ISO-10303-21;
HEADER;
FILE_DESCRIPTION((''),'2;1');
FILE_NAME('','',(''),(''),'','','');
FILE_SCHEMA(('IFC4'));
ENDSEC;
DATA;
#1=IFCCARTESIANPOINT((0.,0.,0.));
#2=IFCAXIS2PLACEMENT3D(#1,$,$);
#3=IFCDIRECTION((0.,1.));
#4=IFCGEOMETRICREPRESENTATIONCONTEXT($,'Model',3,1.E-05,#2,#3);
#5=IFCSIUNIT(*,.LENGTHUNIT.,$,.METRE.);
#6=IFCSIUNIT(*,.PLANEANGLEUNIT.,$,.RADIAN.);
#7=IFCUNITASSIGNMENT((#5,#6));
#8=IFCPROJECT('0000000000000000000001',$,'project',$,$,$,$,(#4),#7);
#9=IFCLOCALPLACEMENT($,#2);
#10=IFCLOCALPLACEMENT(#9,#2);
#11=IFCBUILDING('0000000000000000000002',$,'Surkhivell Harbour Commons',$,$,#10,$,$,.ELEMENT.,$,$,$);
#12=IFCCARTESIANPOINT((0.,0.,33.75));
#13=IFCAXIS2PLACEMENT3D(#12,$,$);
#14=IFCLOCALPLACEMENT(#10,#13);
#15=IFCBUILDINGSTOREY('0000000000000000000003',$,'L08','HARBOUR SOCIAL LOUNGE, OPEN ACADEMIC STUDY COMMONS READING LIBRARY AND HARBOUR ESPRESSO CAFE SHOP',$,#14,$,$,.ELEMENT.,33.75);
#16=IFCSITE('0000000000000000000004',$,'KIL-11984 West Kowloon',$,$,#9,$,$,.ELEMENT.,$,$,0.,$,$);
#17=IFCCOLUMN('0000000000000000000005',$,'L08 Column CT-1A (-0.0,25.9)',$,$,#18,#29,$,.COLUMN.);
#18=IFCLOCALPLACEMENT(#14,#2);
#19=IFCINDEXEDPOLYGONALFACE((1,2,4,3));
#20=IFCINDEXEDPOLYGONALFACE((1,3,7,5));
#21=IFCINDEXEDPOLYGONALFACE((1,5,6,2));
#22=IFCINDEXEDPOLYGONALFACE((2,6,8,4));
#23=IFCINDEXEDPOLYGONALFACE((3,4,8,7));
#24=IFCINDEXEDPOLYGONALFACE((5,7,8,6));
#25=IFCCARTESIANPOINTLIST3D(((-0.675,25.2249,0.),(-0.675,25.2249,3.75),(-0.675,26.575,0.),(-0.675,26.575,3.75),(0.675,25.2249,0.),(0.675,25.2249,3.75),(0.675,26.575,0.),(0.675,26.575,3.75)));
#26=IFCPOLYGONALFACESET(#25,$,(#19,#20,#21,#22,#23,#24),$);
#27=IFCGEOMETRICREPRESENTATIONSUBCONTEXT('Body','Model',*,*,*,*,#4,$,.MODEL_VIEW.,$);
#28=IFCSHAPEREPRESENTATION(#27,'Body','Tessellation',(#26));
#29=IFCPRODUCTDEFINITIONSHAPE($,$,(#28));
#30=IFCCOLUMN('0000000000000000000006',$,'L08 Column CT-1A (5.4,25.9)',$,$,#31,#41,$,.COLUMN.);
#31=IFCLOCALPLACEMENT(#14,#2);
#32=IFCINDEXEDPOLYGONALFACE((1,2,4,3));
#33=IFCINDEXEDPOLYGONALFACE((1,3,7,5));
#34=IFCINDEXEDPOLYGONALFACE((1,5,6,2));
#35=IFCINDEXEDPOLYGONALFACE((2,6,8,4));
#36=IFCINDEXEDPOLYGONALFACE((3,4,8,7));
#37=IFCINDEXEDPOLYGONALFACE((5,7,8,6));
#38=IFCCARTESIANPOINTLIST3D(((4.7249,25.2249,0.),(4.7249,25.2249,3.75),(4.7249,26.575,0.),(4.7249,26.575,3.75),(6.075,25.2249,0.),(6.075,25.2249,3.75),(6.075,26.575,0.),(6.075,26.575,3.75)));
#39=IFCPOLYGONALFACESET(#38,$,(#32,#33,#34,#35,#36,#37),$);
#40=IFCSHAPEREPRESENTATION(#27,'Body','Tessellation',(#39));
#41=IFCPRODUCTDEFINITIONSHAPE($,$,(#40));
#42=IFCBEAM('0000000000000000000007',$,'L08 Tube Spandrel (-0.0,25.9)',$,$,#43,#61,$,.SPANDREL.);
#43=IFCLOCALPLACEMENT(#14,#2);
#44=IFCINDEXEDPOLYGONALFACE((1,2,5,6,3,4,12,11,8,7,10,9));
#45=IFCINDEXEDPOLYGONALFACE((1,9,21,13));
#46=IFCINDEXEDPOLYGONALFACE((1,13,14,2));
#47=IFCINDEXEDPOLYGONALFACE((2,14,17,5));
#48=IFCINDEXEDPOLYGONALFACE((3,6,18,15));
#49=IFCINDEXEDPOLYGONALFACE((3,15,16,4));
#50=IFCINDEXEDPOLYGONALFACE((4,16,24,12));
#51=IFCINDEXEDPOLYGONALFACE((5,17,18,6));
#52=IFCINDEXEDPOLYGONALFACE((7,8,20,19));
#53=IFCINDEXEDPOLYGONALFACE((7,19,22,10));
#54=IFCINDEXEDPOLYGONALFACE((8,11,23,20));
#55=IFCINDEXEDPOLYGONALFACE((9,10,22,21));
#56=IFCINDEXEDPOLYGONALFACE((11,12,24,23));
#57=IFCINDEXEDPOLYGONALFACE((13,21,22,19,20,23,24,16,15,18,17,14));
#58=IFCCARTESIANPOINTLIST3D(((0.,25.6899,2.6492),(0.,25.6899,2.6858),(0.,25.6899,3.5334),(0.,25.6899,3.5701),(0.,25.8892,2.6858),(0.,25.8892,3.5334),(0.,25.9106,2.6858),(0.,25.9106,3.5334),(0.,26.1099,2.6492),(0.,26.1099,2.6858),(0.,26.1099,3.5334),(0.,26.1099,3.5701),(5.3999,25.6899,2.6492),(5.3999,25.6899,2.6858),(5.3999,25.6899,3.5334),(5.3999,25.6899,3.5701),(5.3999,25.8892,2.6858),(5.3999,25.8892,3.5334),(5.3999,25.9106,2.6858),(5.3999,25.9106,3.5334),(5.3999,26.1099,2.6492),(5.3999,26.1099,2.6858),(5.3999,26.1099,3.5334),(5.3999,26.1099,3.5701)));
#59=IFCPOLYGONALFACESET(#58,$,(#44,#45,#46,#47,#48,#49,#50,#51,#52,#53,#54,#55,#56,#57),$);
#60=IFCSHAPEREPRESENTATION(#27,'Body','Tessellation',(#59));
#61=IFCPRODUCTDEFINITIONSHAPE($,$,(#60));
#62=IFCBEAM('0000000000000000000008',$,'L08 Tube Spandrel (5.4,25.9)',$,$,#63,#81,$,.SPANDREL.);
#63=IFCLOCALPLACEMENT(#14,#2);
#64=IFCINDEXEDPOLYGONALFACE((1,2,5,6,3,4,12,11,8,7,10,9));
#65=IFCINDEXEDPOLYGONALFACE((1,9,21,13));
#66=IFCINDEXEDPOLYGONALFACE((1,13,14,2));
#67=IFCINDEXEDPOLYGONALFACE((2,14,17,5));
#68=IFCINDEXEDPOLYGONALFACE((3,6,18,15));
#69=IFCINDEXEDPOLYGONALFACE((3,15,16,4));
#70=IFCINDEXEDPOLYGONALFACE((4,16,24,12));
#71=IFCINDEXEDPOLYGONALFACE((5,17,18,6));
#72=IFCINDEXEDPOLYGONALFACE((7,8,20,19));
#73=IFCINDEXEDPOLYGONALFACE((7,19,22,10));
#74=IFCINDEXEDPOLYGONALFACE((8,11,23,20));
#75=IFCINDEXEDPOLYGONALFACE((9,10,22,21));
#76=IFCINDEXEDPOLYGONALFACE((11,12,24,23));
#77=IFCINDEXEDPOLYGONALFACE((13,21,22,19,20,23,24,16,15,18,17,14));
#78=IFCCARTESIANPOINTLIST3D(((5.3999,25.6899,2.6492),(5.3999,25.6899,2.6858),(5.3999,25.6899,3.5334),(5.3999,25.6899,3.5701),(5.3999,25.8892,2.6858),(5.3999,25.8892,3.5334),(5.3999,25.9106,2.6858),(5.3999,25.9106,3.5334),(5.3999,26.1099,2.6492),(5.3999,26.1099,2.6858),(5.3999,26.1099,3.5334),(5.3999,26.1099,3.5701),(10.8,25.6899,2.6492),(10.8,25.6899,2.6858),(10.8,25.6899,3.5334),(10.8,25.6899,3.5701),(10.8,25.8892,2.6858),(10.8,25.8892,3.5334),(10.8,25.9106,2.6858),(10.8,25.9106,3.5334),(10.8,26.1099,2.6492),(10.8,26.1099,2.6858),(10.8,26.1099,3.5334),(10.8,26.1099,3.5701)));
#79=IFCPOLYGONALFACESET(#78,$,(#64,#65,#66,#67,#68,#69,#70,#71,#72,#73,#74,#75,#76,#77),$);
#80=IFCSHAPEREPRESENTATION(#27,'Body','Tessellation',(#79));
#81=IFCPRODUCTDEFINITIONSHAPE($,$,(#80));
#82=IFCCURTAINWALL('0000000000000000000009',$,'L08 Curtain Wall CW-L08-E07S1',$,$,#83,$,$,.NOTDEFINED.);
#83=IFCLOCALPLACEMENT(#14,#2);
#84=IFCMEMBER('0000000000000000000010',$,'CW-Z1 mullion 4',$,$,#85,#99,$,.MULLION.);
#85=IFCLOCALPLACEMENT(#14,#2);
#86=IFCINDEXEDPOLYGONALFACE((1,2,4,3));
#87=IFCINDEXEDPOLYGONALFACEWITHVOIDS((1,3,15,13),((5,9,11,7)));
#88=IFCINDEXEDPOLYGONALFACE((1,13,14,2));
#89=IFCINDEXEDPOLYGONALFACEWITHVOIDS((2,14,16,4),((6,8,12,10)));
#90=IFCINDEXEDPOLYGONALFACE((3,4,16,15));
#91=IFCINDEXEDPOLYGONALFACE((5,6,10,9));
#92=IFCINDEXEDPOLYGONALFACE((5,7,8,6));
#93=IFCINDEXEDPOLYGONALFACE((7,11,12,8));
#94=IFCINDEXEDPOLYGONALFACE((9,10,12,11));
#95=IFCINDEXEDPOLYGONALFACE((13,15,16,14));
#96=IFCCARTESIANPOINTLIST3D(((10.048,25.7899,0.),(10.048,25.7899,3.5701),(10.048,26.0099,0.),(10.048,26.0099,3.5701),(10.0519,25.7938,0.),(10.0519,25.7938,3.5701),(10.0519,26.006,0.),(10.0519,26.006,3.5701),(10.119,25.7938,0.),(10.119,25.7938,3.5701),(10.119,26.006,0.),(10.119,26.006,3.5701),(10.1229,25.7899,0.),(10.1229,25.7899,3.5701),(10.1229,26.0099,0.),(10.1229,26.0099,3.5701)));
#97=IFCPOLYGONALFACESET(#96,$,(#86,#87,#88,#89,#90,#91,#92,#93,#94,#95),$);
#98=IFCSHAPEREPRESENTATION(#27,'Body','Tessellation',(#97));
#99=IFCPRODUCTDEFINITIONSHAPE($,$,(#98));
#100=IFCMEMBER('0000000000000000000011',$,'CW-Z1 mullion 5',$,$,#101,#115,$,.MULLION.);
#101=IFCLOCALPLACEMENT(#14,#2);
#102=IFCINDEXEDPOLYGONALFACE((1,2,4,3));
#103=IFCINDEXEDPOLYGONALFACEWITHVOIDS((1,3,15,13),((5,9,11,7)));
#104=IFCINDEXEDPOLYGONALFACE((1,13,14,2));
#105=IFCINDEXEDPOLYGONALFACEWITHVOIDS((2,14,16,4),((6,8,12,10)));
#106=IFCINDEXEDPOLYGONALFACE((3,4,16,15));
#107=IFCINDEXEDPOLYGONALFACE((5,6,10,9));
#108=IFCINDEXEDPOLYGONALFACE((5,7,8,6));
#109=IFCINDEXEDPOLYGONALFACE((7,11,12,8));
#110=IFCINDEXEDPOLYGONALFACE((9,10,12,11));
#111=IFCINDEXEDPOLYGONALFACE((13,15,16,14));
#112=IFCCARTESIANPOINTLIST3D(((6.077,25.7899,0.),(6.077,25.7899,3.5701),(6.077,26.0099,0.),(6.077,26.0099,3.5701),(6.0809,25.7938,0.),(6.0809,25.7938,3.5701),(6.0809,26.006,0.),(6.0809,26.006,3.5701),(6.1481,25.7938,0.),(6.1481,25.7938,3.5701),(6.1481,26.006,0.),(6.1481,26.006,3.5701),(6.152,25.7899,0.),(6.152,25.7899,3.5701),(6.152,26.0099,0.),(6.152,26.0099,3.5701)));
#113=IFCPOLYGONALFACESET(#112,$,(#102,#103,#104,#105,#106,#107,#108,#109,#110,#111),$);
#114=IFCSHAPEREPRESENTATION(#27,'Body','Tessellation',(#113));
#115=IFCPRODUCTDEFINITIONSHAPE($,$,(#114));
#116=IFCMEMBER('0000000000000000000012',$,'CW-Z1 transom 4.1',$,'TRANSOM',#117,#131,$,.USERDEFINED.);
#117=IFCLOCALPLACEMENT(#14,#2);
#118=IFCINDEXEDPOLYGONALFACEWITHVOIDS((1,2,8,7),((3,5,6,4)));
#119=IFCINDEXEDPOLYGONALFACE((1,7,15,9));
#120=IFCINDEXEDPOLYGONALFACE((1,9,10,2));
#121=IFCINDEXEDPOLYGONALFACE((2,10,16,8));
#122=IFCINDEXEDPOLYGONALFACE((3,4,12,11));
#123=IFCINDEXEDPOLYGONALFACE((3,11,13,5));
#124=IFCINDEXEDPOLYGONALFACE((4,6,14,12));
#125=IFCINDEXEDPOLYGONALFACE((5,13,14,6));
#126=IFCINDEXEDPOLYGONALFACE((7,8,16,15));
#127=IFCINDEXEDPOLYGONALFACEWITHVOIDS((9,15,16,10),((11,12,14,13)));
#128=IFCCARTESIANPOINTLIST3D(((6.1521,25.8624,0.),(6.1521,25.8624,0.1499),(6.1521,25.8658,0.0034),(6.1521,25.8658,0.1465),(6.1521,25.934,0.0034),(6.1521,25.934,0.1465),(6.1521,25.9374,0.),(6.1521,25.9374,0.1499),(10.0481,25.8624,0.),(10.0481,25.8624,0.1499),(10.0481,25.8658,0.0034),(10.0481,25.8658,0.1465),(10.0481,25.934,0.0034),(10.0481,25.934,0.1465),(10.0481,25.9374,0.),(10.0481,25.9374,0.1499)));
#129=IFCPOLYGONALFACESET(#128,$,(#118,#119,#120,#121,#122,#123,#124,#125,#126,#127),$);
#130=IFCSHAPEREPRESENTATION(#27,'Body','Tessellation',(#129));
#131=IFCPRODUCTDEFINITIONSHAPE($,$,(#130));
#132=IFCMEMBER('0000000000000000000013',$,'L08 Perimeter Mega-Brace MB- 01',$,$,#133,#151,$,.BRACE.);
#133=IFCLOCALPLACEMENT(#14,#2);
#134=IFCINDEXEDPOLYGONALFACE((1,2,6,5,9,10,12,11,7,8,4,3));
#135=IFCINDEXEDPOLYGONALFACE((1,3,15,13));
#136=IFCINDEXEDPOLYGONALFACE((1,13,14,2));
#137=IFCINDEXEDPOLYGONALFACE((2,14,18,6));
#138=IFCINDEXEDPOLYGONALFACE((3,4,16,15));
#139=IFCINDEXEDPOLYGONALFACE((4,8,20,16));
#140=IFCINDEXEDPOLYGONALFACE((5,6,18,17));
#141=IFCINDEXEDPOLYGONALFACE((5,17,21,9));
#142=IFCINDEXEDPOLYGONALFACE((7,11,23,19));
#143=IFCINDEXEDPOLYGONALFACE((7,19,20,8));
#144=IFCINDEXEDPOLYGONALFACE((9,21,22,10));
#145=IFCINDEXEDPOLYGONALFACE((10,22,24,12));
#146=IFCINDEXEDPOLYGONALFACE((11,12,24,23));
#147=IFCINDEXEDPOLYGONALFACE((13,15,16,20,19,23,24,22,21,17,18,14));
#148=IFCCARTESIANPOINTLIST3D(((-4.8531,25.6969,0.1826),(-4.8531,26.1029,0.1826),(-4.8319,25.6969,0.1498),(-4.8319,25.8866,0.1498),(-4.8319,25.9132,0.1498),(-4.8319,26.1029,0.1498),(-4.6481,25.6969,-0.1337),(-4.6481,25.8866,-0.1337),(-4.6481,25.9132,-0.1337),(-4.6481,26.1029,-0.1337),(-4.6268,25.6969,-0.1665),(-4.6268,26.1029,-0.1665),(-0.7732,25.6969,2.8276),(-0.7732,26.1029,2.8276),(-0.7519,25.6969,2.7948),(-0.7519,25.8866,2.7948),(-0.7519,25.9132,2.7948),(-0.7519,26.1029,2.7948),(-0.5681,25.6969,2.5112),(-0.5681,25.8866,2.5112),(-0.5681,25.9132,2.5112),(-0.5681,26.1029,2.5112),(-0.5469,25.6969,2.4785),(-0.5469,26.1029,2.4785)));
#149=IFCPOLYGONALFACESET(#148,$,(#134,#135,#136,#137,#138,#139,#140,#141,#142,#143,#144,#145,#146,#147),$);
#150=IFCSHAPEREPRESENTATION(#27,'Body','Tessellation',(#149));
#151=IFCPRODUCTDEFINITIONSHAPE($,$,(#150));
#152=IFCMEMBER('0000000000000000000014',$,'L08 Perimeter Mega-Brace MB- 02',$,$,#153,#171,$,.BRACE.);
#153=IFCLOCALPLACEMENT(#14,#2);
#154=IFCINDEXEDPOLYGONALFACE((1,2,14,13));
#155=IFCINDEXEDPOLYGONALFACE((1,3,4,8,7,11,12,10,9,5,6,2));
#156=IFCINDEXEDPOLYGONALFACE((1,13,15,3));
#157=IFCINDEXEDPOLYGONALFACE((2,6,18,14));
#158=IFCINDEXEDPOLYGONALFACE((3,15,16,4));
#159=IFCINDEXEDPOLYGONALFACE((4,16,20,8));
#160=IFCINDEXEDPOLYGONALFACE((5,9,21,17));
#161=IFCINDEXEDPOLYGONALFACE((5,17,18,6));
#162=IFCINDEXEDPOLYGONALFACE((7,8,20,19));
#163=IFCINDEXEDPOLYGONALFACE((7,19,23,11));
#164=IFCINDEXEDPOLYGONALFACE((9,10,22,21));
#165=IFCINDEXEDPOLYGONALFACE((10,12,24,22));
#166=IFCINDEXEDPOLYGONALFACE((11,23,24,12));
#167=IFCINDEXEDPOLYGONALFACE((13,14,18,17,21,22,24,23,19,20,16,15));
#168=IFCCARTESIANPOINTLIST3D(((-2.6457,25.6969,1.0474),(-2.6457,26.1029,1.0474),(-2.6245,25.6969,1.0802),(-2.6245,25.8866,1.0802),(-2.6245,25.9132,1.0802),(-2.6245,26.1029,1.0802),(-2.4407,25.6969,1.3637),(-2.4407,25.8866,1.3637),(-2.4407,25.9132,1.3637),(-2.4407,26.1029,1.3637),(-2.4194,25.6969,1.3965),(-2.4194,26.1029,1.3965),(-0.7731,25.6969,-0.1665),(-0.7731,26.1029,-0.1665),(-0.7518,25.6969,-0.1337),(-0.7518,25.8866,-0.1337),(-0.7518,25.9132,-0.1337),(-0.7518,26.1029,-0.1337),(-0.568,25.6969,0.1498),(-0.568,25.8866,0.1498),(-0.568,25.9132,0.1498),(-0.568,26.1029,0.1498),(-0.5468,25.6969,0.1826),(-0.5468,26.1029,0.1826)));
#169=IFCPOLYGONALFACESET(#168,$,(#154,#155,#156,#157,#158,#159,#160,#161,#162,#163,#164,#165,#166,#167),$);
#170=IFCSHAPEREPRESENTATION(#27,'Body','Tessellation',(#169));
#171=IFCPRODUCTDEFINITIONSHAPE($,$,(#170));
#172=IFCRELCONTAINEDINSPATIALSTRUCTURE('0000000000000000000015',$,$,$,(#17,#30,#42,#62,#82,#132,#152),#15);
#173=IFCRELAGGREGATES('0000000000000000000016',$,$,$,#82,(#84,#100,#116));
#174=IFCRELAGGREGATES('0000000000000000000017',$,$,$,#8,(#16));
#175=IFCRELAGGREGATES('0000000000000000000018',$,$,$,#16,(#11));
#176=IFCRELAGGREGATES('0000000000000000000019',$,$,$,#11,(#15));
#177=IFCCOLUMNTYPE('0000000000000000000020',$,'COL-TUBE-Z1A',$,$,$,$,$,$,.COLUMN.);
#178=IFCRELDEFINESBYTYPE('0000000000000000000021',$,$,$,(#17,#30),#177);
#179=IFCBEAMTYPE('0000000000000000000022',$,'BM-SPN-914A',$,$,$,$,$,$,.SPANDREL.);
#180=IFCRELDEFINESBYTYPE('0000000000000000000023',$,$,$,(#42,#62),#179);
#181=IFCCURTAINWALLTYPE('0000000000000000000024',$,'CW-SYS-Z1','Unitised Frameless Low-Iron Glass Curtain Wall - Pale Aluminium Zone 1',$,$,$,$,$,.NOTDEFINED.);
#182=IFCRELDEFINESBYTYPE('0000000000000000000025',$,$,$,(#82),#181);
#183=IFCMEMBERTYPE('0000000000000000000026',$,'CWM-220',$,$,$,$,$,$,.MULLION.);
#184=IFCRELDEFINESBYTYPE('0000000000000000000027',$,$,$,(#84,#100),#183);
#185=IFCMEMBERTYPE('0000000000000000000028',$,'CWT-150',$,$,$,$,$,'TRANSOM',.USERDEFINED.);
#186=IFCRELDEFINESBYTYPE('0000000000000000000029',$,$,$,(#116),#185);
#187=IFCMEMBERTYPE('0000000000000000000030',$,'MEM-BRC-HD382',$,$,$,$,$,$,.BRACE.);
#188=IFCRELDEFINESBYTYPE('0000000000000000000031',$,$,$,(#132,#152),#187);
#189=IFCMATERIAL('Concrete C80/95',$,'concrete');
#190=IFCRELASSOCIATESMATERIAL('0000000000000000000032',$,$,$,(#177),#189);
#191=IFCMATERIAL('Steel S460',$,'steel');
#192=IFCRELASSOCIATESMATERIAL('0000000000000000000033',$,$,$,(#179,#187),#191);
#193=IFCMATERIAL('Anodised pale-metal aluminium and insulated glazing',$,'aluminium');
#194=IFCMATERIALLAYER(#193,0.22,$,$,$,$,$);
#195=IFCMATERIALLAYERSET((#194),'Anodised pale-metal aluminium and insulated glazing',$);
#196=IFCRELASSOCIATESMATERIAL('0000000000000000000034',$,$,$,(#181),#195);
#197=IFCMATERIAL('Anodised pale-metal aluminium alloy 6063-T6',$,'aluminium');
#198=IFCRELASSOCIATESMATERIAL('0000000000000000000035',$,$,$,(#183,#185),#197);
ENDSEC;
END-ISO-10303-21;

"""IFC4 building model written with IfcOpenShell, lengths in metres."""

from ifc_helpers import new_model, si_unit, direction, frame, origin, origin_2d, place, context, subcontext, project, spatial, rectangle, hollow_rectangle, i_section, extrude, material, layer, layer_set, material_profile, profile_set, type_object, element, aggregate, save


model = new_model("IFC4")

# Units and contexts
model_context = context("Model", 3, precision=1e-05, world=origin(), true_north=direction((0.0, 1.0)))
body_context = subcontext(model_context, "Body", "Model", "MODEL_VIEW")
ifc_project = project(units=[si_unit("LENGTHUNIT", "METRE"), si_unit("PLANEANGLEUNIT", "RADIAN")], contexts=[model_context])

# Site, building, storey
site_placement = place(None, origin())
site = spatial("IfcSite", under=ifc_project, at=site_placement, Name="KIL-11984 West Kowloon", CompositionType="ELEMENT", RefElevation=0.0)
building_placement = place(site_placement, origin())
building = spatial("IfcBuilding", under=site, at=building_placement, Name="Surkhivell Harbour Commons", CompositionType="ELEMENT")
storey_placement = place(building_placement, frame((0.0, 0.0, 33.75)))
storey = spatial("IfcBuildingStorey", under=building, at=storey_placement, Name="L08", Description="HARBOUR SOCIAL LOUNGE, OPEN ACADEMIC STUDY COMMONS READING LIBRARY AND HARBOUR ESPRESSO CAFE SHOP", CompositionType="ELEMENT", Elevation=33.75)

# Columns
ifc_material_1 = material(Name="Concrete C80/95", Category="concrete")
ifc_material_profile_1 = material_profile(ifc_material_1, rectangle(XDim=1.3501, YDim=1.3501, at=origin_2d()), Name="RC-COL-1350x1350")
ifc_profile_set_1 = profile_set([ifc_material_profile_1], Name="Concrete C80/95")
column_type = type_object("IfcColumnType", Name="COL-TUBE-Z1A", PredefinedType="COLUMN", material=ifc_profile_set_1)
for number, where, z_axis, x_axis, name in (
    (1, (0.0, 25.8999, 0.0), (0.0, 0.0, 1.0), (1.0, 0.0, 0.0), "L08 Column CT-1A (-0.0,25.9)"),
    (2, (5.3999, 25.8999, 0.0), (0.0, 0.0, 1.0), (1.0, 0.0, 0.0), "L08 Column CT-1A (5.4,25.9)"),
):
    element("IfcColumn", number, at=place(storey_placement, frame(where, z_axis=z_axis, x_axis=x_axis)), inside=storey, type_object=column_type, Name=name, PredefinedType="COLUMN", context=body_context, shape_type="SweptSolid", body=[
        extrude(rectangle(XDim=1.3501, YDim=1.3501, at=origin_2d()), origin(), (0.0, 0.0, 1.0), 3.75),
    ])

# Beams
ifc_material_2 = material(Name="Steel S460", Category="steel")
ifc_material_profile_2 = material_profile(ifc_material_2, i_section(OverallWidth=0.4199, OverallDepth=0.9209, WebThickness=0.0215, FlangeThickness=0.0366, at=origin_2d()), Name="UB914x419x388")
ifc_profile_set_2 = profile_set([ifc_material_profile_2], Name="Steel S460")
beam_type = type_object("IfcBeamType", Name="BM-SPN-914A", PredefinedType="SPANDREL", material=ifc_profile_set_2)
beam_1_placement = place(storey_placement, frame((0.0, 25.8999, 3.1096), z_axis=(1.0, 0.0, 0.0), x_axis=(0.0, 1.0, 0.0)))
element("IfcBeam", 3, at=beam_1_placement, inside=storey, type_object=beam_type, Name="L08 Tube Spandrel (-0.0,25.9)", PredefinedType="SPANDREL", context=body_context, shape_type="SweptSolid", body=[
    extrude(i_section(OverallWidth=0.4199, OverallDepth=0.9209, WebThickness=0.0215, FlangeThickness=0.0366, at=origin_2d()), origin(), (0.0, 0.0, 1.0), 5.3999),
])
beam_2_placement = place(storey_placement, frame((5.3999, 25.8999, 3.1096), z_axis=(1.0, 0.0, 0.0), x_axis=(0.0, 1.0, 0.0)))
element("IfcBeam", 4, at=beam_2_placement, inside=storey, type_object=beam_type, Name="L08 Tube Spandrel (5.4,25.9)", PredefinedType="SPANDREL", context=body_context, shape_type="SweptSolid", body=[
    extrude(i_section(OverallWidth=0.4199, OverallDepth=0.9209, WebThickness=0.0215, FlangeThickness=0.0366, at=origin_2d()), origin(), (0.0, 0.0, 1.0), 5.4001),
])

# Curtain wall, members
ifc_material_3 = material(Name="Anodised pale-metal aluminium and insulated glazing", Category="aluminium")
ifc_layer_1 = layer(ifc_material_3, 0.22)
ifc_layer_set_1 = layer_set([ifc_layer_1], Name="Anodised pale-metal aluminium and insulated glazing")
curtain_wall_type = type_object("IfcCurtainWallType", Name="CW-SYS-Z1", Description="Unitised Frameless Low-Iron Glass Curtain Wall - Pale Aluminium Zone 1", PredefinedType="NOTDEFINED", material=ifc_layer_set_1)
curtain_wall_placement = place(storey_placement, origin())
curtain_wall = element("IfcCurtainWall", 5, at=curtain_wall_placement, inside=storey, type_object=curtain_wall_type, Name="L08 Curtain Wall CW-L08-E07S1", PredefinedType="NOTDEFINED")
ifc_material_4 = material(Name="Anodised pale-metal aluminium alloy 6063-T6", Category="aluminium")
ifc_material_profile_3 = material_profile(ifc_material_4, hollow_rectangle(XDim=0.075, YDim=0.22, WallThickness=0.0039, at=origin_2d()), Name="ALU-MULL-75x220")
ifc_profile_set_3 = profile_set([ifc_material_profile_3], Name="Anodised pale-metal aluminium alloy 6063-T6")
member_type_1 = type_object("IfcMemberType", Name="CWM-220", PredefinedType="MULLION", material=ifc_profile_set_3)
member_1_placement = place(storey_placement, frame((10.0854, 25.8999, 0.0), z_axis=(0.0, 0.0, 1.0), x_axis=(-1.0, 0.0, 0.0)))
member_1 = element("IfcMember", 6, at=member_1_placement, type_object=member_type_1, Name="CW-Z1 mullion 4", PredefinedType="MULLION", context=body_context, shape_type="SweptSolid", body=[
    extrude(hollow_rectangle(XDim=0.075, YDim=0.22, WallThickness=0.0039, at=origin_2d()), origin(), (0.0, 0.0, 1.0), 3.5701),
])
member_2_placement = place(storey_placement, frame((6.1145, 25.8999, 0.0), z_axis=(0.0, 0.0, 1.0), x_axis=(-1.0, 0.0, 0.0)))
member_2 = element("IfcMember", 7, at=member_2_placement, type_object=member_type_1, Name="CW-Z1 mullion 5", PredefinedType="MULLION", context=body_context, shape_type="SweptSolid", body=[
    extrude(hollow_rectangle(XDim=0.075, YDim=0.22, WallThickness=0.0039, at=origin_2d()), origin(), (0.0, 0.0, 1.0), 3.5701),
])
ifc_material_profile_4 = material_profile(ifc_material_4, hollow_rectangle(XDim=0.075, YDim=0.1499, WallThickness=0.0034, at=origin_2d()), Name="ALU-TRAN-75x150")
ifc_profile_set_4 = profile_set([ifc_material_profile_4], Name="Anodised pale-metal aluminium alloy 6063-T6")
member_type_2 = type_object("IfcMemberType", Name="CWT-150", ElementType="TRANSOM", PredefinedType="USERDEFINED", material=ifc_profile_set_4)
member_3_placement = place(storey_placement, frame((10.0481, 25.8999, 0.075), z_axis=(-1.0, 0.0, 0.0), x_axis=(0.0, -1.0, 0.0)))
member_3 = element("IfcMember", 8, at=member_3_placement, type_object=member_type_2, Name="CW-Z1 transom 4.1", ObjectType="TRANSOM", PredefinedType="USERDEFINED", context=body_context, shape_type="SweptSolid", body=[
    extrude(hollow_rectangle(XDim=0.075, YDim=0.1499, WallThickness=0.0034, at=origin_2d()), origin(), (0.0, 0.0, 1.0), 3.896),
])

# Members
ifc_material_profile_5 = material_profile(ifc_material_2, i_section(OverallWidth=0.406, OverallDepth=0.416, WebThickness=0.0266, FlangeThickness=0.0391, at=origin_2d()), Name="HD400x382")
ifc_profile_set_5 = profile_set([ifc_material_profile_5], Name="Steel S460")
member_type_3 = type_object("IfcMemberType", Name="MEM-BRC-HD382", PredefinedType="BRACE", material=ifc_profile_set_5)
member_4_placement = place(storey_placement, frame((-4.74, 25.8999, 0.0081), z_axis=(0.839104, 0.0, 0.543971), x_axis=(0.0, 1.0, 0.0)))
element("IfcMember", 9, at=member_4_placement, inside=storey, type_object=member_type_3, Name="L08 Perimeter Mega-Brace MB- 01", PredefinedType="BRACE", context=body_context, shape_type="SweptSolid", body=[
    extrude(i_section(OverallWidth=0.406, OverallDepth=0.416, WebThickness=0.0266, FlangeThickness=0.0391, at=origin_2d()), origin(), (0.0, 0.0, 1.0), 4.8623),
])
member_5_placement = place(storey_placement, frame((-0.6599, 25.8999, 0.0081), z_axis=(-0.839118, 0.0, 0.54395), x_axis=(0.0, -1.0, 0.0)))
element("IfcMember", 10, at=member_5_placement, inside=storey, type_object=member_type_3, Name="L08 Perimeter Mega-Brace MB- 02", PredefinedType="BRACE", context=body_context, shape_type="SweptSolid", body=[
    extrude(i_section(OverallWidth=0.406, OverallDepth=0.416, WebThickness=0.0266, FlangeThickness=0.0391, at=origin_2d()), origin(), (0.0, 0.0, 1.0), 2.2317),
])

aggregate(curtain_wall, [member_1, member_2, member_3])

save(model, "model.ifc")
